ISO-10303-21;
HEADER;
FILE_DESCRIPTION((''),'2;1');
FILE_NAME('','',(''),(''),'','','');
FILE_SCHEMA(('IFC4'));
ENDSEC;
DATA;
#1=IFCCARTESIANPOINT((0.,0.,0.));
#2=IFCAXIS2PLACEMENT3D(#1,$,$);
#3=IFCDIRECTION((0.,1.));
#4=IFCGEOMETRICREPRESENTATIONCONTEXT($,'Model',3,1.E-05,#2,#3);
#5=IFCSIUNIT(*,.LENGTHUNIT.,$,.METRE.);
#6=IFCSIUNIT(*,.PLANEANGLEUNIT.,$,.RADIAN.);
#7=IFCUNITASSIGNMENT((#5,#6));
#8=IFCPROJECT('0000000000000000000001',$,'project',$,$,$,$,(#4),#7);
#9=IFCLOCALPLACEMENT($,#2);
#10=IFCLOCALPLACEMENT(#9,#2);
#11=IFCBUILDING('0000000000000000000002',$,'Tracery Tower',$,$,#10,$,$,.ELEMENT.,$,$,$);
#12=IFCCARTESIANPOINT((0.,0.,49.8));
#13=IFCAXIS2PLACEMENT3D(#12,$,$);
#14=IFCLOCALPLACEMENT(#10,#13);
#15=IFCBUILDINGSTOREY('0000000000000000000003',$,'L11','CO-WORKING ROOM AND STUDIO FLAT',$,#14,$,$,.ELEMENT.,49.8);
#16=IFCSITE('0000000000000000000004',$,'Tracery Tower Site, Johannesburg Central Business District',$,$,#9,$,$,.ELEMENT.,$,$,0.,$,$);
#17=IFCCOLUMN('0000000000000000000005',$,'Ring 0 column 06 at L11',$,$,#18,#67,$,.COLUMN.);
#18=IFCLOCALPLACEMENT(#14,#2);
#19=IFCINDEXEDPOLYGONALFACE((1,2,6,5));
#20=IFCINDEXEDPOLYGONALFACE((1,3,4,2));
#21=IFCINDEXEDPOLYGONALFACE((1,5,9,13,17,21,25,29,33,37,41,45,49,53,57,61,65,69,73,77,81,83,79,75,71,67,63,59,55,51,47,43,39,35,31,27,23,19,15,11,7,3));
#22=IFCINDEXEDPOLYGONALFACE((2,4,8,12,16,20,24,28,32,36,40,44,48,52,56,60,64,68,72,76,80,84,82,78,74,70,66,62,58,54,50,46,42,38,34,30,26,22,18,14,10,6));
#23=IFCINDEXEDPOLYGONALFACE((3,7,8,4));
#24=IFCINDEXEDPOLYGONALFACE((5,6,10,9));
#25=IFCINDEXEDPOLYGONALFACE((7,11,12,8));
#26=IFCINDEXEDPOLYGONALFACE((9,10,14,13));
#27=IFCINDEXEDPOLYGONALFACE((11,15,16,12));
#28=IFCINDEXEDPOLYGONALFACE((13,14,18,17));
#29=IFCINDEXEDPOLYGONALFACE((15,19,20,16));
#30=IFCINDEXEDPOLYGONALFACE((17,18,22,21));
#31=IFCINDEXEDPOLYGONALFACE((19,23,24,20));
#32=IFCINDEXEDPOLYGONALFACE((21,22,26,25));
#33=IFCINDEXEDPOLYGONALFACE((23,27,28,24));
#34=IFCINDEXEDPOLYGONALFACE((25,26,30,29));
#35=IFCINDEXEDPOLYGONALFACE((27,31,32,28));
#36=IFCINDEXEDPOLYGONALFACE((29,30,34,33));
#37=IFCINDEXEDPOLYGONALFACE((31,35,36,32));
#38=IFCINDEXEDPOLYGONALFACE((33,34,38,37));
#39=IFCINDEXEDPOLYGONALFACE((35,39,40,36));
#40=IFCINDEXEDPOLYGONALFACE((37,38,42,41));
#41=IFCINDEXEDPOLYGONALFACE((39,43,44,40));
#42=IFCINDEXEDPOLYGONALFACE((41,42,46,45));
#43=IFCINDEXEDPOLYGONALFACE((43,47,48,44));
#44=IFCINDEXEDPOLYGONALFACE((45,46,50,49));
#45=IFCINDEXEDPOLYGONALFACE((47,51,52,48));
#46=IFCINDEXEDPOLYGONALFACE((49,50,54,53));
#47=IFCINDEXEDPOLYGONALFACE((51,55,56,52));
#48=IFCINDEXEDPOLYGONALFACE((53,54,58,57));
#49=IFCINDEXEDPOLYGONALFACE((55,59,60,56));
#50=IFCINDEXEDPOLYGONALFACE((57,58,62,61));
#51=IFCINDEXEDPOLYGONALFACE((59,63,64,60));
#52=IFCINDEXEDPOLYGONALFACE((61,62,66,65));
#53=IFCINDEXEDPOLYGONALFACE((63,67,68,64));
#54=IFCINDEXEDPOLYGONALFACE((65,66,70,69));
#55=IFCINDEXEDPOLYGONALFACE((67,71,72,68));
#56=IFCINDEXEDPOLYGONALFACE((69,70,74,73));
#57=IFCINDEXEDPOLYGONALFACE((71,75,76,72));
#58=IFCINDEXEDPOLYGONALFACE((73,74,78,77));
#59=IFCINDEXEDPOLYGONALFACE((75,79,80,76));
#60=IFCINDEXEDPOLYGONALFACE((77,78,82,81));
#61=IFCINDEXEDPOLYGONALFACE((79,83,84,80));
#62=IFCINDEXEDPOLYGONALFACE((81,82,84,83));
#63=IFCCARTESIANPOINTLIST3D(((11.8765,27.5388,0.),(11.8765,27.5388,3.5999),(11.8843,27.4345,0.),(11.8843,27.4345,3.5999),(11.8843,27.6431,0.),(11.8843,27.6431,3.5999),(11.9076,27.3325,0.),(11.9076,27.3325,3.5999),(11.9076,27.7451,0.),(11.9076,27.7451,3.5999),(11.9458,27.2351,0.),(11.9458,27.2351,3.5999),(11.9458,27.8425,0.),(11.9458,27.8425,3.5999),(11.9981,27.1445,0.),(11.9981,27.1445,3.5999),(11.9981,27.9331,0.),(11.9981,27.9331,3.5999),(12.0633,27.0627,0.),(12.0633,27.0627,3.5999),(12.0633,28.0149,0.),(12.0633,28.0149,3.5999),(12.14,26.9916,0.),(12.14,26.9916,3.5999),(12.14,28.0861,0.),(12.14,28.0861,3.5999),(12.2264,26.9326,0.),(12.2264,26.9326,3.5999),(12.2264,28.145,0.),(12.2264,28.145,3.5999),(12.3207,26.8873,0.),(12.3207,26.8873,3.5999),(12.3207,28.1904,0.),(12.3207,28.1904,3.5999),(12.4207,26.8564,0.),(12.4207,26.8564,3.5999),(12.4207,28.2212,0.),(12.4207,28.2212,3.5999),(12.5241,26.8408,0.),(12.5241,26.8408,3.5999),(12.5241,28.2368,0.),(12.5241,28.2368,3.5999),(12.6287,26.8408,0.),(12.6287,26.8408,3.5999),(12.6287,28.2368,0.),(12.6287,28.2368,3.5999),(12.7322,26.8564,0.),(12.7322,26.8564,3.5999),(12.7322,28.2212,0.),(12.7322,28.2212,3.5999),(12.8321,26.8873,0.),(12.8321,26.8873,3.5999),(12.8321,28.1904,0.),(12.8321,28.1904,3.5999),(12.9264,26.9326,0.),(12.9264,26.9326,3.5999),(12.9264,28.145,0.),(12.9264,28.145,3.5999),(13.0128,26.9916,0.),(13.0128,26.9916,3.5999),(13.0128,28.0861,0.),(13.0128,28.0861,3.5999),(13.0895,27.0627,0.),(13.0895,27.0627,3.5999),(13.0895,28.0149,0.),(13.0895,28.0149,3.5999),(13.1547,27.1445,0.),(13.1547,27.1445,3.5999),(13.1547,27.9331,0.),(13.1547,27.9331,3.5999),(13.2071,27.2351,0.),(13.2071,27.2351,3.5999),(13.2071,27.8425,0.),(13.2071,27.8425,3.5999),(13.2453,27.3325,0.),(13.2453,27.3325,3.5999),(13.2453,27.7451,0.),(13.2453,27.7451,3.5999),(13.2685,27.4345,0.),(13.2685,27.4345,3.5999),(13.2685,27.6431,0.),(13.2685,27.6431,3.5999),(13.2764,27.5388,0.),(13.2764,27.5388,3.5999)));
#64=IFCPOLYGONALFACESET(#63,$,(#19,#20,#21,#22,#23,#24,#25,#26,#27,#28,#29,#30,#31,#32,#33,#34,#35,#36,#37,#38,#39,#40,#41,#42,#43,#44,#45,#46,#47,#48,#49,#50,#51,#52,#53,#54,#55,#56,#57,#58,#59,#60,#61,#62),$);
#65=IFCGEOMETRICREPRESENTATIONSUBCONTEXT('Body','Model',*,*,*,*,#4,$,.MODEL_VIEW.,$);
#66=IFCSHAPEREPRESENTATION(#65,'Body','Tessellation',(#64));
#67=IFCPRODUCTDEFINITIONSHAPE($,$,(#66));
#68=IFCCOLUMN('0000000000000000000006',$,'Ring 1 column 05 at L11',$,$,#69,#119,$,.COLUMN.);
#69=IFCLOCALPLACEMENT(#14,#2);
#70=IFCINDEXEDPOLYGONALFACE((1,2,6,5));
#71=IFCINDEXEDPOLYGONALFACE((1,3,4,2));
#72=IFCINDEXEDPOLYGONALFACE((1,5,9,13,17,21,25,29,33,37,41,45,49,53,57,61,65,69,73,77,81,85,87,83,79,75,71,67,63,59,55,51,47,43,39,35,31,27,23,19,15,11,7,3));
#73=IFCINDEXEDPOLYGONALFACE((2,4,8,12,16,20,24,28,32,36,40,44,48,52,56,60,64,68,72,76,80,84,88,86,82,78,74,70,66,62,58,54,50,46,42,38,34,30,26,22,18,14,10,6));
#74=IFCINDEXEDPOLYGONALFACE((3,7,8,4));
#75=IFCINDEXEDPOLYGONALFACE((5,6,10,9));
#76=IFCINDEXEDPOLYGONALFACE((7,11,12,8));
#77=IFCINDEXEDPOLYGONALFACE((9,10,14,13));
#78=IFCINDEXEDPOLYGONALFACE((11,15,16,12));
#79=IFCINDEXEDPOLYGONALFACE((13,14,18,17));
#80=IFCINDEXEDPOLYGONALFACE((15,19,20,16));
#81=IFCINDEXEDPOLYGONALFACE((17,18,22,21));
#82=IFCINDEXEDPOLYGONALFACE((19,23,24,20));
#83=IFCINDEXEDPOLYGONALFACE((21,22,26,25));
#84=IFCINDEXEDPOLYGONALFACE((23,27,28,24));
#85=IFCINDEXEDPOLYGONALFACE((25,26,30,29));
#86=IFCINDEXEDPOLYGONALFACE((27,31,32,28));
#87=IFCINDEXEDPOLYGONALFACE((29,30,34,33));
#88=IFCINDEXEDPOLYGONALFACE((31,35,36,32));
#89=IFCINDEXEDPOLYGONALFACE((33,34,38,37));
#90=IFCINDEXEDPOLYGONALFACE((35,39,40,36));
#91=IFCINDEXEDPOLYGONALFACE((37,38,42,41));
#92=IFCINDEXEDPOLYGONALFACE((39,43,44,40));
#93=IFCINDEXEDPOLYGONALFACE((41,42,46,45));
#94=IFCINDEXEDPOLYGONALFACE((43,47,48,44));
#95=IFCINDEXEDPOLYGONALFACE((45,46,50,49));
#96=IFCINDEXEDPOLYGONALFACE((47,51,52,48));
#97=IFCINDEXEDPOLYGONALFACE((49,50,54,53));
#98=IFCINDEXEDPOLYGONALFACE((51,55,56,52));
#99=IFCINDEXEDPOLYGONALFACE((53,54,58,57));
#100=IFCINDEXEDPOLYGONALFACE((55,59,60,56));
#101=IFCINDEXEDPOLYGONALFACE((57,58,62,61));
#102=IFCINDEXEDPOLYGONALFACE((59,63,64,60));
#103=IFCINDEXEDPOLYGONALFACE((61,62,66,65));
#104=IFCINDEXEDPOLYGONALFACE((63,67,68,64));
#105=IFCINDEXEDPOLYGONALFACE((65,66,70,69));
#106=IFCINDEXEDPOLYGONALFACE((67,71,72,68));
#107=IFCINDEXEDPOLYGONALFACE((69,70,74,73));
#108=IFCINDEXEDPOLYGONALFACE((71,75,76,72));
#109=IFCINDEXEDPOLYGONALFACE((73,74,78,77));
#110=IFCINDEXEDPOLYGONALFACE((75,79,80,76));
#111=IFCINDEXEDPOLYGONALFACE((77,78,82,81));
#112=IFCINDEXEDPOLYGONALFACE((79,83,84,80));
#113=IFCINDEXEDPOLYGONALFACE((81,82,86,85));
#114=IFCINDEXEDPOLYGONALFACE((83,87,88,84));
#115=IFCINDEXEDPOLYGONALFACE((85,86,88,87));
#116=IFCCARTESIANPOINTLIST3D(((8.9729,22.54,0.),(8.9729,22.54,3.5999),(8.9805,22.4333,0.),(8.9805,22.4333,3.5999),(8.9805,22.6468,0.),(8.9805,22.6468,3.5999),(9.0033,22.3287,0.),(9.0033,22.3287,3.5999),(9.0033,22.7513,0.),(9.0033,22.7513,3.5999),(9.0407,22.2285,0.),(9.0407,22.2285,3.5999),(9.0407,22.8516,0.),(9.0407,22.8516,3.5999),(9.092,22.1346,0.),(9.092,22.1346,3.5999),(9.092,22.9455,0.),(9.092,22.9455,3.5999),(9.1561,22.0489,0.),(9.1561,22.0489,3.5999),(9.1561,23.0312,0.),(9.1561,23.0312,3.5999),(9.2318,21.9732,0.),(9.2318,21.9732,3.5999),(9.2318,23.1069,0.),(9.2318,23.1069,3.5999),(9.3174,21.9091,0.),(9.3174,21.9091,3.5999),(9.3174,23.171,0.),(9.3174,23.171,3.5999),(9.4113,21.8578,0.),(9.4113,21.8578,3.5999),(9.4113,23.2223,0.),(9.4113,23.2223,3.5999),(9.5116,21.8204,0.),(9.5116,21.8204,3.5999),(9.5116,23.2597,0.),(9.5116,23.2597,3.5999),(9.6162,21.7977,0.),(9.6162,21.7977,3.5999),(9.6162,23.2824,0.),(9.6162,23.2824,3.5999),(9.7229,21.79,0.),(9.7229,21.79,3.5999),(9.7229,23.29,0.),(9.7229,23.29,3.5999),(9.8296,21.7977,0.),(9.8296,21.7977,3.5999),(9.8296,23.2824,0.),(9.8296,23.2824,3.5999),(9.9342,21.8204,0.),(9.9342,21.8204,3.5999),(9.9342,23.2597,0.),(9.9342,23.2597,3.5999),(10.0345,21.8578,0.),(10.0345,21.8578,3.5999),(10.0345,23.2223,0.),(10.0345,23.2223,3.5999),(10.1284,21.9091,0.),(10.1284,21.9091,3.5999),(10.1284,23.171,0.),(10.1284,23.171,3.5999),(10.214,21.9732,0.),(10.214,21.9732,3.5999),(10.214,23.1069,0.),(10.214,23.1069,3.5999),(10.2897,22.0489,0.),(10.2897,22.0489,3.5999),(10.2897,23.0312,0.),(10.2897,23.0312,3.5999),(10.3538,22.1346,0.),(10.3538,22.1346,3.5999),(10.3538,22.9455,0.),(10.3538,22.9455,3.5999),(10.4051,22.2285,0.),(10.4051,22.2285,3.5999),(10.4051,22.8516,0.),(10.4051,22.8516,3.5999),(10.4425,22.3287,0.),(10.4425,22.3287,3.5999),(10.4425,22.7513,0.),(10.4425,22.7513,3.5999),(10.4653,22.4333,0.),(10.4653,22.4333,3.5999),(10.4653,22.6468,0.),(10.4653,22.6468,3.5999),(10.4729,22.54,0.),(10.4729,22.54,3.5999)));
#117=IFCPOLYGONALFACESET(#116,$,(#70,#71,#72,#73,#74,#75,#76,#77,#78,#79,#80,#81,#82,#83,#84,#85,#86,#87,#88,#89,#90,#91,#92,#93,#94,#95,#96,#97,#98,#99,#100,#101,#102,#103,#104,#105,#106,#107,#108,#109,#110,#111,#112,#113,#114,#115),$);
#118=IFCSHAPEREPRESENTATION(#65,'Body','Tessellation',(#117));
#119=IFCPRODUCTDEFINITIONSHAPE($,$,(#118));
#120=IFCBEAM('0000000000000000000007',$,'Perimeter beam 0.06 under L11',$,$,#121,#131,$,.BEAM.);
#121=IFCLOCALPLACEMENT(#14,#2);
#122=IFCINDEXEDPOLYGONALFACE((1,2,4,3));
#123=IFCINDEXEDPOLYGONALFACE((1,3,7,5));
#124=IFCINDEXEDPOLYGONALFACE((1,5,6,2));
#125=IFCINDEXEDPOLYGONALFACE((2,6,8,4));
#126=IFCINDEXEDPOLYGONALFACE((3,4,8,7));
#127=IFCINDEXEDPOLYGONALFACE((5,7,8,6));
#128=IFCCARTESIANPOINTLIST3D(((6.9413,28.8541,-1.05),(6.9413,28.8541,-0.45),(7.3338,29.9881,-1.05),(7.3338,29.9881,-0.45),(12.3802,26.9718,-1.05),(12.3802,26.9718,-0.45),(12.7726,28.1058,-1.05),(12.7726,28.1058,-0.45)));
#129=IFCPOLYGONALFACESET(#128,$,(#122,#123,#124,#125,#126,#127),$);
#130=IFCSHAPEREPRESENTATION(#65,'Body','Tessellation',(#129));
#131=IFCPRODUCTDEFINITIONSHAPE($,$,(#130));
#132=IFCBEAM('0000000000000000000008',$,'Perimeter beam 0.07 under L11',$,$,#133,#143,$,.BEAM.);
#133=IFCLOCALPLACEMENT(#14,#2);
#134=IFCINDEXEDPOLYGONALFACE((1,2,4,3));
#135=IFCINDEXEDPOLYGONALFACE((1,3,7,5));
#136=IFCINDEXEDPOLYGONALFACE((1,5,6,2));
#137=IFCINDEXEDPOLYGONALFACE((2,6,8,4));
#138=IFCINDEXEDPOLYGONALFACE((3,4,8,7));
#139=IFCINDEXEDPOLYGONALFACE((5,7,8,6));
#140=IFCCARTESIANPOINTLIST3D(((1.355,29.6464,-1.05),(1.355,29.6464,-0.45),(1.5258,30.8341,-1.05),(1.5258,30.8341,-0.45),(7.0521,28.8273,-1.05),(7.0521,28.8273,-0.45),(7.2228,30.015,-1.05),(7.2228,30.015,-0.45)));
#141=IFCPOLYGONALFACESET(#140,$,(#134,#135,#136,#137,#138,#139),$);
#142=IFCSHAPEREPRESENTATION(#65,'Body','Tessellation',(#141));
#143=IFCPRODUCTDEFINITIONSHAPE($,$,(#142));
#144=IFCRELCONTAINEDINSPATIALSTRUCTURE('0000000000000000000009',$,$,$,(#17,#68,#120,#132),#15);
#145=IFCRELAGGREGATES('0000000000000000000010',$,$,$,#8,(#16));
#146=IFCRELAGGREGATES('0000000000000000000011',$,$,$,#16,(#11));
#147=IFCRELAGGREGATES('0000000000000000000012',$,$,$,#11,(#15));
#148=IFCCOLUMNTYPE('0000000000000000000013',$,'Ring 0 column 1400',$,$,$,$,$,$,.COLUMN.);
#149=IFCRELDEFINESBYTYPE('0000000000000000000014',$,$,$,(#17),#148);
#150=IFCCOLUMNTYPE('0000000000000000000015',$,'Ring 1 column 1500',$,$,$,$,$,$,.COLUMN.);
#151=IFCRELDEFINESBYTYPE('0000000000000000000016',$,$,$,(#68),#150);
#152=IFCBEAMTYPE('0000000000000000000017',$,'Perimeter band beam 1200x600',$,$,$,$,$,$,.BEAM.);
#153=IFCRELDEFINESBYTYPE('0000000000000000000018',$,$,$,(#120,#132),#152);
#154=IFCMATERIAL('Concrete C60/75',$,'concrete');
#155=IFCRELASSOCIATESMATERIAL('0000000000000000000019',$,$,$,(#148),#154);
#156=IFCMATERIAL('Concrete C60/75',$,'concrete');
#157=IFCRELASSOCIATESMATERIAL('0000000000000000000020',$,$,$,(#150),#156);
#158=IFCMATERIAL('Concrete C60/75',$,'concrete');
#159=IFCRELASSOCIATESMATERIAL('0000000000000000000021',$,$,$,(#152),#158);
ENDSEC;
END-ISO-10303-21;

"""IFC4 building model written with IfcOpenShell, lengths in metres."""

from ifc_helpers import new_model, si_unit, direction, frame, origin, origin_2d, place, context, subcontext, project, spatial, rectangle, circle, extrude, material, material_profile, profile_set, type_object, element, save


model = new_model("IFC4")

# Units and contexts
model_context = context("Model", 3, precision=1e-05, world=origin(), true_north=direction((0.0, 1.0)))
body_context = subcontext(model_context, "Body", "Model", "MODEL_VIEW")
ifc_project = project(units=[si_unit("LENGTHUNIT", "METRE"), si_unit("PLANEANGLEUNIT", "RADIAN")], contexts=[model_context])

# Site, building, storey
site_placement = place(None, origin())
site = spatial("IfcSite", under=ifc_project, at=site_placement, Name="Tracery Tower Site, Johannesburg Central Business District", CompositionType="ELEMENT", RefElevation=0.0)
building_placement = place(site_placement, origin())
building = spatial("IfcBuilding", under=site, at=building_placement, Name="Tracery Tower", CompositionType="ELEMENT")
storey_placement = place(building_placement, frame((0.0, 0.0, 49.8)))
storey = spatial("IfcBuildingStorey", under=building, at=storey_placement, Name="L11", Description="CO-WORKING ROOM AND STUDIO FLAT", CompositionType="ELEMENT", Elevation=49.8)

# Columns
ifc_material_1 = material(Name="Concrete C60/75", Category="concrete")
ifc_material_profile_1 = material_profile(ifc_material_1, circle(Radius=0.7, at=origin_2d()), Name="RC D1400")
ifc_profile_set_1 = profile_set([ifc_material_profile_1], Name="Concrete C60/75")
column_type_1 = type_object("IfcColumnType", Name="Ring 0 column 1400", PredefinedType="COLUMN", material=ifc_profile_set_1)
column_1_placement = place(storey_placement, frame((12.5764, 27.5388, 0.0), z_axis=(0.0, 0.0, 1.0), x_axis=(1.0, 0.0, 0.0)))
element("IfcColumn", 1, at=column_1_placement, inside=storey, type_object=column_type_1, Name="Ring 0 column 06 at L11", PredefinedType="COLUMN", context=body_context, shape_type="SweptSolid", body=[
    extrude(circle(Radius=0.7, at=origin_2d()), origin(), (0.0, 0.0, 1.0), 3.5999),
])
ifc_material_2 = material(Name="Concrete C60/75", Category="concrete")
ifc_material_profile_2 = material_profile(ifc_material_2, circle(Radius=0.75, at=origin_2d()), Name="RC D1500")
ifc_profile_set_2 = profile_set([ifc_material_profile_2], Name="Concrete C60/75")
column_type_2 = type_object("IfcColumnType", Name="Ring 1 column 1500", PredefinedType="COLUMN", material=ifc_profile_set_2)
column_2_placement = place(storey_placement, frame((9.7229, 22.54, 0.0), z_axis=(0.0, 0.0, 1.0), x_axis=(1.0, 0.0, 0.0)))
element("IfcColumn", 2, at=column_2_placement, inside=storey, type_object=column_type_2, Name="Ring 1 column 05 at L11", PredefinedType="COLUMN", context=body_context, shape_type="SweptSolid", body=[
    extrude(circle(Radius=0.75, at=origin_2d()), origin(), (0.0, 0.0, 1.0), 3.5999),
])

# Beams
ifc_material_3 = material(Name="Concrete C60/75", Category="concrete")
ifc_material_profile_3 = material_profile(ifc_material_3, rectangle(XDim=1.2, YDim=0.6001, at=origin_2d()), Name="RC 1200x600")
ifc_profile_set_3 = profile_set([ifc_material_profile_3], Name="Concrete C60/75")
beam_type = type_object("IfcBeamType", Name="Perimeter band beam 1200x600", PredefinedType="BEAM", material=ifc_profile_set_3)
beam_1_placement = place(storey_placement, frame((12.5764, 27.5388, -0.75), z_axis=(-0.945007, 0.327049, 0.0), x_axis=(-0.327049, -0.945007, 0.0)))
element("IfcBeam", 3, at=beam_1_placement, inside=storey, type_object=beam_type, Name="Perimeter beam 0.06 under L11", PredefinedType="BEAM", context=body_context, shape_type="SweptSolid", body=[
    extrude(rectangle(XDim=1.2, YDim=0.6001, at=origin_2d()), origin(), (0.0, 0.0, 1.0), 5.7554),
])
beam_2_placement = place(storey_placement, frame((7.1375, 29.4211, -0.75), z_axis=(-0.989822, 0.142312, 0.0), x_axis=(-0.142312, -0.989822, 0.0)))
element("IfcBeam", 4, at=beam_2_placement, inside=storey, type_object=beam_type, Name="Perimeter beam 0.07 under L11", PredefinedType="BEAM", context=body_context, shape_type="SweptSolid", body=[
    extrude(rectangle(XDim=1.2, YDim=0.6001, at=origin_2d()), origin(), (0.0, 0.0, 1.0), 5.7556),
])

save(model, "model.ifc")
